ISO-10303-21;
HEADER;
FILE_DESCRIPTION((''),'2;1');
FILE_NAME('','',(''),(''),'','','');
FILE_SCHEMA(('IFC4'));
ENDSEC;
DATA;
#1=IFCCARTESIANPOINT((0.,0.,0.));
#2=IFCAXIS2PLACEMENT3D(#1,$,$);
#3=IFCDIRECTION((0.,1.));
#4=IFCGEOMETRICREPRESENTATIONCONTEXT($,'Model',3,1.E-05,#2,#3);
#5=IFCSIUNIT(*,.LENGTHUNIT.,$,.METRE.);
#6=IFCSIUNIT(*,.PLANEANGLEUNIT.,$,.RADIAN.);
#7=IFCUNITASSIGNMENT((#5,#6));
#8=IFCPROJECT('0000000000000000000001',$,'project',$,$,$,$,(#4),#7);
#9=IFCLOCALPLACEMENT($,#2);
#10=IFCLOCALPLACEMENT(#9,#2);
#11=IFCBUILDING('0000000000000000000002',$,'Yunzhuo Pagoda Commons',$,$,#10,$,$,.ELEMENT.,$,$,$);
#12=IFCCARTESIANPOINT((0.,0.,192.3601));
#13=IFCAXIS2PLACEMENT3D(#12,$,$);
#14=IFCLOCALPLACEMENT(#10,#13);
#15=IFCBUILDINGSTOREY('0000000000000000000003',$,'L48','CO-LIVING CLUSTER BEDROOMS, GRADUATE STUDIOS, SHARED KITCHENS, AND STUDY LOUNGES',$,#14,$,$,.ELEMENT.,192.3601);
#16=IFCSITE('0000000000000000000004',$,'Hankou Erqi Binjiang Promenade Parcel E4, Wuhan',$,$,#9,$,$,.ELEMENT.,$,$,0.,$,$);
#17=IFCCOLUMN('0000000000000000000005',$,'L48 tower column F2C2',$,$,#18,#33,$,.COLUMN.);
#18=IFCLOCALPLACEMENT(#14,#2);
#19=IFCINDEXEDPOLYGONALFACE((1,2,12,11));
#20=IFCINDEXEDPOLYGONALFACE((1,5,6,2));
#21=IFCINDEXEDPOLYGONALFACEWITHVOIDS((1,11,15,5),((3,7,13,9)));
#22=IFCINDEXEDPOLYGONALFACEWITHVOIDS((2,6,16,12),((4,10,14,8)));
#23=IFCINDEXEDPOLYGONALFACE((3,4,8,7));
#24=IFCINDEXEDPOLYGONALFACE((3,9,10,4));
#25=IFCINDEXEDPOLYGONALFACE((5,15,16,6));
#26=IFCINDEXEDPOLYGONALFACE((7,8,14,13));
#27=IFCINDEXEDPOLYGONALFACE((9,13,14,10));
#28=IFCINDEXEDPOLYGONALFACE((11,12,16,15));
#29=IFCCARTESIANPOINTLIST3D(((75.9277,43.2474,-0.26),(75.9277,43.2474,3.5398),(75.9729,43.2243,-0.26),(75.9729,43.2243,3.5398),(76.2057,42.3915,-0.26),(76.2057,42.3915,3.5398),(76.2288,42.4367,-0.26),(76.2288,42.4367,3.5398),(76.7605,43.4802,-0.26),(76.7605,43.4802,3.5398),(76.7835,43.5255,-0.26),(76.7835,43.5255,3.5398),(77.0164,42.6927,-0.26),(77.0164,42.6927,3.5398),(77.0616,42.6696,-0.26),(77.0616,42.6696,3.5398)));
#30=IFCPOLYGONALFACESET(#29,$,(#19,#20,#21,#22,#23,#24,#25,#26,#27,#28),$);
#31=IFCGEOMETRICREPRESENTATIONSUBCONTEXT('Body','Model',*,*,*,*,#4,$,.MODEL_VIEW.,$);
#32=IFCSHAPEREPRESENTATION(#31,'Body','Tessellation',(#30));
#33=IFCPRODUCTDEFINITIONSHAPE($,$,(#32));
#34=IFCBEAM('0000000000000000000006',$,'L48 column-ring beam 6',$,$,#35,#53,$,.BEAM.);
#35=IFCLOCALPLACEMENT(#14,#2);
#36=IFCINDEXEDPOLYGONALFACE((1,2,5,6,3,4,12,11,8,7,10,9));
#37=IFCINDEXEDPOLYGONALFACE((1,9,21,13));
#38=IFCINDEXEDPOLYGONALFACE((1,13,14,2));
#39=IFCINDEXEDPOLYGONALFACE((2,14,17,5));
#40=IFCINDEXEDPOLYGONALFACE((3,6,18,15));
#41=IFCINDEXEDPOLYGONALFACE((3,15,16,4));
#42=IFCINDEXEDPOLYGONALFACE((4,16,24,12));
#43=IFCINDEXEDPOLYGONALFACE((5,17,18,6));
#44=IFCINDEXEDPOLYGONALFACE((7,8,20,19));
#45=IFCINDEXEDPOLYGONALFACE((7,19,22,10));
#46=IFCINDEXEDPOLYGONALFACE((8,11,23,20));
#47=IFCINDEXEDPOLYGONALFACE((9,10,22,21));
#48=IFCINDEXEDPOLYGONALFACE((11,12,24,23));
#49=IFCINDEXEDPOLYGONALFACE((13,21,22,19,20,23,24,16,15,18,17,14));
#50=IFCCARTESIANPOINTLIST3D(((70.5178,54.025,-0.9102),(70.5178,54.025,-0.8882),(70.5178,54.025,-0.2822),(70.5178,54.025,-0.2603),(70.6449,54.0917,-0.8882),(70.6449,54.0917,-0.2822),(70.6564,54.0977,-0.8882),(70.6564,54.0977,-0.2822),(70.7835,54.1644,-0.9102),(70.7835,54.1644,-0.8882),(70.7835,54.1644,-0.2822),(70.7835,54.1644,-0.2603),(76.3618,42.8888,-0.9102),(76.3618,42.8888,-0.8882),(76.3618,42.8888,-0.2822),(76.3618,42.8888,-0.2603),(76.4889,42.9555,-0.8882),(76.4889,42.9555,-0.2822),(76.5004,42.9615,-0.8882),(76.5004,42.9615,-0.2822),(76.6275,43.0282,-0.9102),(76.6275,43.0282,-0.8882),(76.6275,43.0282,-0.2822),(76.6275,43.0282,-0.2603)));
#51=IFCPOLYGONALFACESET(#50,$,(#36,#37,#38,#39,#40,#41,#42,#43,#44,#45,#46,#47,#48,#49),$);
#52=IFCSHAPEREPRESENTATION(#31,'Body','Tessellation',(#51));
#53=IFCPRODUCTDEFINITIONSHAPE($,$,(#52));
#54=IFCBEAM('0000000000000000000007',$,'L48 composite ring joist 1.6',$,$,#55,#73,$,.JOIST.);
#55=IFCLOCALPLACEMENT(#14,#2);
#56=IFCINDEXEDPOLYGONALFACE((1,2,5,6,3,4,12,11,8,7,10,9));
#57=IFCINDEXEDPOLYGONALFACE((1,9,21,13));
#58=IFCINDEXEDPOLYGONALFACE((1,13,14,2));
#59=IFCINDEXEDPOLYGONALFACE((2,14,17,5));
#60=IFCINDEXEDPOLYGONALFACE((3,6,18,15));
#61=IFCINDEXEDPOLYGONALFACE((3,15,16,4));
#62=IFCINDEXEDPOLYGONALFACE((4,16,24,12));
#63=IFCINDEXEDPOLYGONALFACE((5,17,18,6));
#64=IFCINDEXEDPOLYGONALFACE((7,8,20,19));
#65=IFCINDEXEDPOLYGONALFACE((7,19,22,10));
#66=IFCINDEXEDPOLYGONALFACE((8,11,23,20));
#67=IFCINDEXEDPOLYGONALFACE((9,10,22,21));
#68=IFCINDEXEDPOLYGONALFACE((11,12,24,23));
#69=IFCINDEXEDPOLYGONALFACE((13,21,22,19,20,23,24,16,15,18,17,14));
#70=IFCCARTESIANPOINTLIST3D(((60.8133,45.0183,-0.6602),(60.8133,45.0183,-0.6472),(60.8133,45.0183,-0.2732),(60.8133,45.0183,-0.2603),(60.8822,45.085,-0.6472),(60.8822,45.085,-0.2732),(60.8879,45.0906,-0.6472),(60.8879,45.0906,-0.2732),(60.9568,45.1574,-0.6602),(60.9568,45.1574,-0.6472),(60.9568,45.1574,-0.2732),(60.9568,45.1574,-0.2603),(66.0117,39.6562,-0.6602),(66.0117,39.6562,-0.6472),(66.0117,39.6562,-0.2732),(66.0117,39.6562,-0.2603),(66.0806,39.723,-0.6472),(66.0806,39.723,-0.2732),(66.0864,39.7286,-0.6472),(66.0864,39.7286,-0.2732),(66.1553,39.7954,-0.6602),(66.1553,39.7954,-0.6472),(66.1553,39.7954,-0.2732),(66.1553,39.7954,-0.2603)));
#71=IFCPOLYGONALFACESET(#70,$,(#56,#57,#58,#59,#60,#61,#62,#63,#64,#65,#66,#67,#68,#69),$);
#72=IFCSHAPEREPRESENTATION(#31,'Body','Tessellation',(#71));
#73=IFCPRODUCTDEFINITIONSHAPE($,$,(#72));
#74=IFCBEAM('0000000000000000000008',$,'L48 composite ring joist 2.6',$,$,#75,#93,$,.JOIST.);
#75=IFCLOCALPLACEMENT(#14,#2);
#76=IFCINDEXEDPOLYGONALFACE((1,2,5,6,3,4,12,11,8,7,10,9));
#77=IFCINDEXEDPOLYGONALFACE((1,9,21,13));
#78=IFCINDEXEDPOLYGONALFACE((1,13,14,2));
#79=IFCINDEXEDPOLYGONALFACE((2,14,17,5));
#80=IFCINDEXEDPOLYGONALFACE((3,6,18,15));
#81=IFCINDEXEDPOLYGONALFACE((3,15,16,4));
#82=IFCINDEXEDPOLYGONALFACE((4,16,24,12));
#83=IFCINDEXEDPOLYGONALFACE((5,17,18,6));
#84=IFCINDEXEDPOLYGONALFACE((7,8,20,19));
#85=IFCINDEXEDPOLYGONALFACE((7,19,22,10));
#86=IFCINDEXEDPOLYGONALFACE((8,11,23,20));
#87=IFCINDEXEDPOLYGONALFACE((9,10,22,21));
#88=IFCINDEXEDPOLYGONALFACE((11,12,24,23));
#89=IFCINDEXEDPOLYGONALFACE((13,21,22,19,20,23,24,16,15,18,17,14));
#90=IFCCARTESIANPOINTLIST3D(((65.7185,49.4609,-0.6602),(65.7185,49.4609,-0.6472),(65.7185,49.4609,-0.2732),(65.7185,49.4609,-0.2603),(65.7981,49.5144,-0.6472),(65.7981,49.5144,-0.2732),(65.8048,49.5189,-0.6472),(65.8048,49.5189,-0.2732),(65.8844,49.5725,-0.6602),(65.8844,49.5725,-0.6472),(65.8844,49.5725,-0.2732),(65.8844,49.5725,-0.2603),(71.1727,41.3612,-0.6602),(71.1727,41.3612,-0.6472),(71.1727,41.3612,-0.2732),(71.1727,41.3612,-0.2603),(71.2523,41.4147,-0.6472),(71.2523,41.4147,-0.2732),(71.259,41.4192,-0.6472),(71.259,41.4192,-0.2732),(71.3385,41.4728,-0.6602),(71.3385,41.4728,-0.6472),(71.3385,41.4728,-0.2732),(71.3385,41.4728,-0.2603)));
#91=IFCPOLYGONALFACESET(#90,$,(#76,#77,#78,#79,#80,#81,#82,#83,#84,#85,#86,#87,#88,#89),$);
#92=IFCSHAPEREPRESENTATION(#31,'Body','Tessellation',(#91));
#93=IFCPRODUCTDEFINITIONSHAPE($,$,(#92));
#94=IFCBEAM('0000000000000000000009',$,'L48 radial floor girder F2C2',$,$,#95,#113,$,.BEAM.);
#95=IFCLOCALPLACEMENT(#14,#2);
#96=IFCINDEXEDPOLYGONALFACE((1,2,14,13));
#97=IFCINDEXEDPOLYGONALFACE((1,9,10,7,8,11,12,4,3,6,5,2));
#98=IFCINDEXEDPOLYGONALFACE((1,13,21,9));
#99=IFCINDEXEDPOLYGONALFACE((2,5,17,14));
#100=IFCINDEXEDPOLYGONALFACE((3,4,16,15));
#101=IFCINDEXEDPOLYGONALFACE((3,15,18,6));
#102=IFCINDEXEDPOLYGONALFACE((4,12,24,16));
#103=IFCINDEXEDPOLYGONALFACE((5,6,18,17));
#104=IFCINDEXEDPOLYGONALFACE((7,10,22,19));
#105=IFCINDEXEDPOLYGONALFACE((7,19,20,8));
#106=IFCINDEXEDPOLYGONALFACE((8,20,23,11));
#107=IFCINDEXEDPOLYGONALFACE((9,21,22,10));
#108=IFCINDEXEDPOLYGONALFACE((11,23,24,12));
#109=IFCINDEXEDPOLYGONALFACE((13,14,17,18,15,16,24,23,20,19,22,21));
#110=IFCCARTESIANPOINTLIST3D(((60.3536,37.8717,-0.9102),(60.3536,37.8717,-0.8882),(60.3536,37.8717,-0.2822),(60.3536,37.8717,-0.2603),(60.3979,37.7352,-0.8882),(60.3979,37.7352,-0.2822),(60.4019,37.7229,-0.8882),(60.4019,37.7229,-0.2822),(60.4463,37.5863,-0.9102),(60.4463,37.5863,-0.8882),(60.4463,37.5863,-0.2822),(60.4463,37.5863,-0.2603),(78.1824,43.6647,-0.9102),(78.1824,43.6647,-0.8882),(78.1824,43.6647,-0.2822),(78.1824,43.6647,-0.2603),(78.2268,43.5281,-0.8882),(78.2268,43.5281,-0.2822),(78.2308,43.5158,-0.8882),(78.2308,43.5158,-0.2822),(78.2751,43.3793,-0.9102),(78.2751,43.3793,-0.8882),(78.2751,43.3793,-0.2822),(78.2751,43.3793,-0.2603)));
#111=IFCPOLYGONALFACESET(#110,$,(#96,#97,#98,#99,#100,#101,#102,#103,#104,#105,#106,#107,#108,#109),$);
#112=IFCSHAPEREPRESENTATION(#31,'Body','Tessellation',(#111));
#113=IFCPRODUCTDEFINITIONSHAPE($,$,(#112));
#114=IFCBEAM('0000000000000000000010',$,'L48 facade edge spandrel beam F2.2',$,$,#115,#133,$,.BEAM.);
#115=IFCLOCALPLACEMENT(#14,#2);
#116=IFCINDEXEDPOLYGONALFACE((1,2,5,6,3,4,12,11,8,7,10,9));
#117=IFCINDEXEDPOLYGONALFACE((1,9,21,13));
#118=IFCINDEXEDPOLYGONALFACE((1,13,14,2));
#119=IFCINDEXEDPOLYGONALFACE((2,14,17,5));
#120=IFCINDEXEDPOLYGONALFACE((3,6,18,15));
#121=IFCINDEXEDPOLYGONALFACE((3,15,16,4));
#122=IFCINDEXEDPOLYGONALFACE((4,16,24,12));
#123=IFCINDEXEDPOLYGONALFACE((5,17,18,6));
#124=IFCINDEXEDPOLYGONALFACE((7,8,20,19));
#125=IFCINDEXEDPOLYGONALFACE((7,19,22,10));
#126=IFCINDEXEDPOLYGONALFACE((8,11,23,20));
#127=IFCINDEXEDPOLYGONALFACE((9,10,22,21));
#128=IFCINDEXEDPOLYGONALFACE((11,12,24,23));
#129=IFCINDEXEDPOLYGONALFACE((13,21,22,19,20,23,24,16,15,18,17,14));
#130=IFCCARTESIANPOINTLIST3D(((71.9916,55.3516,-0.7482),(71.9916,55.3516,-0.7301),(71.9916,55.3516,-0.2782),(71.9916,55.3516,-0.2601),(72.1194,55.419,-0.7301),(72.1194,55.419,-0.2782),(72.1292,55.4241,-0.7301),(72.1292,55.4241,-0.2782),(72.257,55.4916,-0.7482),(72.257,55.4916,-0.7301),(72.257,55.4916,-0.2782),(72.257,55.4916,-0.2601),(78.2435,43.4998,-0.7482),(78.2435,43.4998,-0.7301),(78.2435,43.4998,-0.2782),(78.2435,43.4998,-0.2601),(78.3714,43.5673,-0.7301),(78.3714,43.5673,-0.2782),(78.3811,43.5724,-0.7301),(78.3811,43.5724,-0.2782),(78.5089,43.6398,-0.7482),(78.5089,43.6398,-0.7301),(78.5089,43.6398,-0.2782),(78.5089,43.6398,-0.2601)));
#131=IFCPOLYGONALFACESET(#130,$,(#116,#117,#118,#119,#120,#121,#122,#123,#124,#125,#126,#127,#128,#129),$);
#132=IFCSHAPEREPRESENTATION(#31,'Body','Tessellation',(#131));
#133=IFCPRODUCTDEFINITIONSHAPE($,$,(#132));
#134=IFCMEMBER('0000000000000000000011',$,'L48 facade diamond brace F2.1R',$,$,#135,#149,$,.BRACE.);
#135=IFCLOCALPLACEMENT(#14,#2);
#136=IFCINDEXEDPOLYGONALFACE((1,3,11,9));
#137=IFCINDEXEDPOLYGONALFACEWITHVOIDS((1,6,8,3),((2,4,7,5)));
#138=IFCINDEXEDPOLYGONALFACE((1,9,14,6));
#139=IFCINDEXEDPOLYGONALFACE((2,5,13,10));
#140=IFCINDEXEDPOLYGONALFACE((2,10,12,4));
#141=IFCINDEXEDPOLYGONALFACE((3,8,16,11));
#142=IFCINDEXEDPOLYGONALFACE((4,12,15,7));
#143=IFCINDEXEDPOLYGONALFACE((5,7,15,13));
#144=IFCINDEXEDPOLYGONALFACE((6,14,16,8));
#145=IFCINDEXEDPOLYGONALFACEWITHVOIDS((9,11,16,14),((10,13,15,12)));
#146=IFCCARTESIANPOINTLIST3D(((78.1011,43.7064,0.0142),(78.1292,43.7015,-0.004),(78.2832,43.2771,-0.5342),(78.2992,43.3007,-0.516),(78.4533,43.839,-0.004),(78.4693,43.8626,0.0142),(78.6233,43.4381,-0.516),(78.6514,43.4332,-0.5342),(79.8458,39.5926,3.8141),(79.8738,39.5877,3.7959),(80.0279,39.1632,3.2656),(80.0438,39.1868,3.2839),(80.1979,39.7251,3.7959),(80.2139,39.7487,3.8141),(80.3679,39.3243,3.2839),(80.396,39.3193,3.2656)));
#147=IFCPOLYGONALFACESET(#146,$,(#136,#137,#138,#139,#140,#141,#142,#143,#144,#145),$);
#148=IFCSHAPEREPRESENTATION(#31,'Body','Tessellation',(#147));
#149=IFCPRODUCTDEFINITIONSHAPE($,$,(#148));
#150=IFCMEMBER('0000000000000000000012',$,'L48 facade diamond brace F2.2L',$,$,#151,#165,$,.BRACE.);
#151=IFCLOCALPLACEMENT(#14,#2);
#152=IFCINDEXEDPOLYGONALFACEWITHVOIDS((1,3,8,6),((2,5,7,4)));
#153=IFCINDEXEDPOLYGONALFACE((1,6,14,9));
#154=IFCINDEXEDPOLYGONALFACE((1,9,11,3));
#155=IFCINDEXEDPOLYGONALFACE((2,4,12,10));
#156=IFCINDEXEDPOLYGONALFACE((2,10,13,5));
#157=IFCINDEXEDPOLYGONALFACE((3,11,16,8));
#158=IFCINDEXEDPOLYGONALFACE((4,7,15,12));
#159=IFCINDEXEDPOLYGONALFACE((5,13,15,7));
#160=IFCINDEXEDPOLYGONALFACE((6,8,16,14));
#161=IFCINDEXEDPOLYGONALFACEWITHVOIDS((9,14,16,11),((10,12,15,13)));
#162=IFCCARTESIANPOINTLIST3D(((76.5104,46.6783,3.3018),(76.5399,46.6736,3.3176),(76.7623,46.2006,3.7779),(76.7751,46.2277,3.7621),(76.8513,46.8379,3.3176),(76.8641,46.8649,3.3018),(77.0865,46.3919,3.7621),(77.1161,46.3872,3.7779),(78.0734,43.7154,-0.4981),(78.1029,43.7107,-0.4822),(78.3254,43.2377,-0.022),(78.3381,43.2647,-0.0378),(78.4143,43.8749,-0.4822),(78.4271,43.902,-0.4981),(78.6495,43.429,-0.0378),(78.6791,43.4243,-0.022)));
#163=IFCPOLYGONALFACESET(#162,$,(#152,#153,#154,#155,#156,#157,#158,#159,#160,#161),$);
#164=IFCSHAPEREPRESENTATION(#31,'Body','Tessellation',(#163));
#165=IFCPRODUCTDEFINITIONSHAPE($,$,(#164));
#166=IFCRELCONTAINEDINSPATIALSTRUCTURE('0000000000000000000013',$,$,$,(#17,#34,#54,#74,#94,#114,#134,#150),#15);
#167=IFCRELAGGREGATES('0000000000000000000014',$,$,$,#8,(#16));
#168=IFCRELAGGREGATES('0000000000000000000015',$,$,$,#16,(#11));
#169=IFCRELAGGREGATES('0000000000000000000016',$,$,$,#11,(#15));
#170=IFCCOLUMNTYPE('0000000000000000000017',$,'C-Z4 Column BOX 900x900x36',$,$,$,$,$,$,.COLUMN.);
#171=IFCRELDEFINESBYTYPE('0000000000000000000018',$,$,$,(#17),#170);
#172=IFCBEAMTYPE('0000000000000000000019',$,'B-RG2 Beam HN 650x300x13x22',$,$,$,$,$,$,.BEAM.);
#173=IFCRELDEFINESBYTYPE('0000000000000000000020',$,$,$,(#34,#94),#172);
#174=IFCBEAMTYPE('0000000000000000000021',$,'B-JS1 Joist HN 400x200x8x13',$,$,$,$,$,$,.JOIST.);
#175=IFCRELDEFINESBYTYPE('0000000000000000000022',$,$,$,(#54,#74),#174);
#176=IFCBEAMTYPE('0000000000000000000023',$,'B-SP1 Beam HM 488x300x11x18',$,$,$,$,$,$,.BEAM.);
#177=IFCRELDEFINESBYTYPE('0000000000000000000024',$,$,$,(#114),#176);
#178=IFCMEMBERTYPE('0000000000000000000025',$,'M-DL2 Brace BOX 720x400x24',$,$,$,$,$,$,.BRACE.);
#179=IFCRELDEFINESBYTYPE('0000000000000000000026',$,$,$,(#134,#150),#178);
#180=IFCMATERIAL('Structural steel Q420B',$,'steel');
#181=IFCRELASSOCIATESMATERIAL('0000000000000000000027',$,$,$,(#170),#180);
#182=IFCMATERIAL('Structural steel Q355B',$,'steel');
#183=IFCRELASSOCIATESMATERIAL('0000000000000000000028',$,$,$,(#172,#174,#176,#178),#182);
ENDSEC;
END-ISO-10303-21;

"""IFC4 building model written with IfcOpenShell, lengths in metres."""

from ifc_helpers import new_model, si_unit, direction, frame, origin, origin_2d, place, context, subcontext, project, spatial, hollow_rectangle, i_section, extrude, source, transform, mapped, material, material_profile, profile_set, type_object, element, save


model = new_model("IFC4")

# Units and contexts
model_context = context("Model", 3, precision=1e-05, world=origin(), true_north=direction((0.0, 1.0)))
body_context = subcontext(model_context, "Body", "Model", "MODEL_VIEW")
ifc_project = project(units=[si_unit("LENGTHUNIT", "METRE"), si_unit("PLANEANGLEUNIT", "RADIAN")], contexts=[model_context])

# Site, building, storey
site_placement = place(None, origin())
site = spatial("IfcSite", under=ifc_project, at=site_placement, Name="Hankou Erqi Binjiang Promenade Parcel E4, Wuhan", CompositionType="ELEMENT", RefElevation=0.0)
building_placement = place(site_placement, origin())
building = spatial("IfcBuilding", under=site, at=building_placement, Name="Yunzhuo Pagoda Commons", CompositionType="ELEMENT")
storey_placement = place(building_placement, frame((0.0, 0.0, 192.3601)))
storey = spatial("IfcBuildingStorey", under=building, at=storey_placement, Name="L48", Description="CO-LIVING CLUSTER BEDROOMS, GRADUATE STUDIOS, SHARED KITCHENS, AND STUDY LOUNGES", CompositionType="ELEMENT", Elevation=192.3601)

# Column
ifc_material_1 = material(Name="Structural steel Q420B", Category="steel")
ifc_material_profile_1 = material_profile(ifc_material_1, hollow_rectangle(XDim=0.8999, YDim=0.8999, WallThickness=0.0359, at=origin_2d()), Name="Structural steel Q420B")
ifc_profile_set_1 = profile_set([ifc_material_profile_1], Name="Structural steel Q420B")
column_type = type_object("IfcColumnType", Name="C-Z4 Column BOX 900x900x36", PredefinedType="COLUMN", material=ifc_profile_set_1)
shared_shape_1 = source(origin(), body_context, "Body", "SweptSolid", [
    extrude(hollow_rectangle(XDim=0.8999, YDim=0.8999, WallThickness=0.0359, at=origin_2d()), origin(), (0.0, 0.0, 1.0), 3.7998),
])
column_placement = place(storey_placement, frame((76.4946, 42.9585, -0.26), z_axis=(0.0, 0.0, 1.0), x_axis=(-0.309017, 0.951057, 0.0)))
element("IfcColumn", 1, at=column_placement, inside=storey, type_object=column_type, Name="L48 tower column F2C2", PredefinedType="COLUMN", context=body_context, shape_type="MappedRepresentation", body=[
    mapped(shared_shape_1, transform((0.0, 0.0, 0.0), scale=1.0)),
])

# Beams
ifc_material_2 = material(Name="Structural steel Q355B", Category="steel")
ifc_material_profile_2 = material_profile(ifc_material_2, i_section(OverallWidth=0.3, OverallDepth=0.6499, WebThickness=0.0129, FlangeThickness=0.022, at=origin_2d()), Name="Structural steel Q355B")
ifc_profile_set_2 = profile_set([ifc_material_profile_2], Name="Structural steel Q355B")
beam_type_1 = type_object("IfcBeamType", Name="B-RG2 Beam HN 650x300x13x22", PredefinedType="BEAM", material=ifc_profile_set_2)
shared_shape_2 = source(origin(), body_context, "Body", "SweptSolid", [
    extrude(i_section(OverallWidth=0.3, OverallDepth=0.6499, WebThickness=0.0129, FlangeThickness=0.022, at=origin_2d()), origin(), (0.0, 0.0, 1.0), 12.5764),
])
beam_1_placement = place(storey_placement, frame((76.4946, 42.9585, -0.5852), z_axis=(-0.464676, 0.885481, 0.0), x_axis=(-0.885481, -0.464676, 0.0)))
element("IfcBeam", 2, at=beam_1_placement, inside=storey, type_object=beam_type_1, Name="L48 column-ring beam 6", PredefinedType="BEAM", context=body_context, shape_type="MappedRepresentation", body=[
    mapped(shared_shape_2, transform((0.0, 0.0, 0.0), scale=1.0)),
])
ifc_material_profile_3 = material_profile(ifc_material_2, i_section(OverallWidth=0.2, OverallDepth=0.3999, WebThickness=0.0081, FlangeThickness=0.0129, at=origin_2d()), Name="Structural steel Q355B")
ifc_profile_set_3 = profile_set([ifc_material_profile_3], Name="Structural steel Q355B")
beam_type_2 = type_object("IfcBeamType", Name="B-JS1 Joist HN 400x200x8x13", PredefinedType="JOIST", material=ifc_profile_set_3)
shared_shape_3 = source(origin(), body_context, "Body", "SweptSolid", [
    extrude(i_section(OverallWidth=0.2, OverallDepth=0.3999, WebThickness=0.0081, FlangeThickness=0.0129, at=origin_2d()), origin(), (0.0, 0.0, 1.0), 7.4683),
])
beam_2_placement = place(storey_placement, frame((66.0835, 39.7258, -0.4602), z_axis=(-0.696071, 0.717973, 0.0), x_axis=(-0.717973, -0.696071, 0.0)))
element("IfcBeam", 3, at=beam_2_placement, inside=storey, type_object=beam_type_2, Name="L48 composite ring joist 1.6", PredefinedType="JOIST", context=body_context, shape_type="MappedRepresentation", body=[
    mapped(shared_shape_3, transform((0.0, 0.0, 0.0), scale=1.0)),
])
shared_shape_4 = source(origin(), body_context, "Body", "SweptSolid", [
    extrude(i_section(OverallWidth=0.2, OverallDepth=0.3999, WebThickness=0.0081, FlangeThickness=0.0129, at=origin_2d()), origin(), (0.0, 0.0, 1.0), 9.7649),
])
beam_3_placement = place(storey_placement, frame((71.2556, 41.417, -0.4602), z_axis=(-0.558548, 0.829472, 0.0), x_axis=(-0.829472, -0.558548, 0.0)))
element("IfcBeam", 4, at=beam_3_placement, inside=storey, type_object=beam_type_2, Name="L48 composite ring joist 2.6", PredefinedType="JOIST", context=body_context, shape_type="MappedRepresentation", body=[
    mapped(shared_shape_4, transform((0.0, 0.0, 0.0), scale=1.0)),
])
shared_shape_5 = source(origin(), body_context, "Body", "SweptSolid", [
    extrude(i_section(OverallWidth=0.3, OverallDepth=0.6499, WebThickness=0.0129, FlangeThickness=0.022, at=origin_2d()), origin(), (0.0, 0.0, 1.0), 18.7463),
])
beam_4_placement = place(storey_placement, frame((78.2288, 43.522, -0.5852), z_axis=(-0.951056, -0.309018, 0.0), x_axis=(0.309018, -0.951056, 0.0)))
element("IfcBeam", 5, at=beam_4_placement, inside=storey, type_object=beam_type_1, Name="L48 radial floor girder F2C2", PredefinedType="BEAM", context=body_context, shape_type="MappedRepresentation", body=[
    mapped(shared_shape_5, transform((0.0, 0.0, 0.0), scale=1.0)),
])
ifc_material_profile_4 = material_profile(ifc_material_2, i_section(OverallWidth=0.3, OverallDepth=0.488, WebThickness=0.011, FlangeThickness=0.0181, at=origin_2d()), Name="Structural steel Q355B")
ifc_profile_set_4 = profile_set([ifc_material_profile_4], Name="Structural steel Q355B")
beam_type_3 = type_object("IfcBeamType", Name="B-SP1 Beam HM 488x300x11x18", PredefinedType="BEAM", material=ifc_profile_set_4)
shared_shape_6 = source(origin(), body_context, "Body", "SweptSolid", [
    extrude(i_section(OverallWidth=0.3, OverallDepth=0.488, WebThickness=0.011, FlangeThickness=0.0181, at=origin_2d()), origin(), (0.0, 0.0, 1.0), 13.3997),
])
beam_5_placement = place(storey_placement, frame((78.3762, 43.5698, -0.5042), z_axis=(-0.466574, 0.884482, 0.0), x_axis=(-0.884482, -0.466574, 0.0)))
element("IfcBeam", 6, at=beam_5_placement, inside=storey, type_object=beam_type_3, Name="L48 facade edge spandrel beam F2.2", PredefinedType="BEAM", context=body_context, shape_type="MappedRepresentation", body=[
    mapped(shared_shape_6, transform((0.0, 0.0, 0.0), scale=1.0)),
])

# Members
ifc_material_profile_5 = material_profile(ifc_material_2, hollow_rectangle(XDim=0.3999, YDim=0.72, WallThickness=0.0239, at=origin_2d()), Name="Structural steel Q355B")
ifc_profile_set_5 = profile_set([ifc_material_profile_5], Name="Structural steel Q355B")
member_type_1 = type_object("IfcMemberType", Name="M-DL2 Brace BOX 720x400x24", PredefinedType="BRACE", material=ifc_profile_set_5)
shared_shape_7 = source(origin(), body_context, "Body", "SweptSolid", [
    extrude(hollow_rectangle(XDim=0.3999, YDim=0.72, WallThickness=0.0239, at=origin_2d()), origin(), (0.0, 0.0, 1.0), 5.8657),
])
member_1_placement = place(storey_placement, frame((78.3762, 43.5698, -0.26), z_axis=(0.297434, -0.701337, 0.647811), x_axis=(0.920631, 0.390435, 0.0)))
element("IfcMember", 7, at=member_1_placement, inside=storey, type_object=member_type_1, Name="L48 facade diamond brace F2.1R", PredefinedType="BRACE", context=body_context, shape_type="MappedRepresentation", body=[
    mapped(shared_shape_7, transform((0.0, 0.0, 0.0), scale=1.0)),
])
shared_shape_8 = source(origin(), body_context, "Body", "SweptSolid", [
    extrude(hollow_rectangle(XDim=0.3999, YDim=0.72, WallThickness=0.0239, at=origin_2d()), origin(), (0.0, 0.0, 1.0), 5.0657),
])
member_2_placement = place(storey_placement, frame((78.3762, 43.5698, -0.26), z_axis=(-0.30855, 0.584906, 0.750121), x_axis=(-0.884478, -0.466581, 0.0)))
element("IfcMember", 8, at=member_2_placement, inside=storey, type_object=member_type_1, Name="L48 facade diamond brace F2.2L", PredefinedType="BRACE", context=body_context, shape_type="MappedRepresentation", body=[
    mapped(shared_shape_8, transform((0.0, 0.0, 0.0), scale=1.0)),
])

save(model, "model.ifc")
